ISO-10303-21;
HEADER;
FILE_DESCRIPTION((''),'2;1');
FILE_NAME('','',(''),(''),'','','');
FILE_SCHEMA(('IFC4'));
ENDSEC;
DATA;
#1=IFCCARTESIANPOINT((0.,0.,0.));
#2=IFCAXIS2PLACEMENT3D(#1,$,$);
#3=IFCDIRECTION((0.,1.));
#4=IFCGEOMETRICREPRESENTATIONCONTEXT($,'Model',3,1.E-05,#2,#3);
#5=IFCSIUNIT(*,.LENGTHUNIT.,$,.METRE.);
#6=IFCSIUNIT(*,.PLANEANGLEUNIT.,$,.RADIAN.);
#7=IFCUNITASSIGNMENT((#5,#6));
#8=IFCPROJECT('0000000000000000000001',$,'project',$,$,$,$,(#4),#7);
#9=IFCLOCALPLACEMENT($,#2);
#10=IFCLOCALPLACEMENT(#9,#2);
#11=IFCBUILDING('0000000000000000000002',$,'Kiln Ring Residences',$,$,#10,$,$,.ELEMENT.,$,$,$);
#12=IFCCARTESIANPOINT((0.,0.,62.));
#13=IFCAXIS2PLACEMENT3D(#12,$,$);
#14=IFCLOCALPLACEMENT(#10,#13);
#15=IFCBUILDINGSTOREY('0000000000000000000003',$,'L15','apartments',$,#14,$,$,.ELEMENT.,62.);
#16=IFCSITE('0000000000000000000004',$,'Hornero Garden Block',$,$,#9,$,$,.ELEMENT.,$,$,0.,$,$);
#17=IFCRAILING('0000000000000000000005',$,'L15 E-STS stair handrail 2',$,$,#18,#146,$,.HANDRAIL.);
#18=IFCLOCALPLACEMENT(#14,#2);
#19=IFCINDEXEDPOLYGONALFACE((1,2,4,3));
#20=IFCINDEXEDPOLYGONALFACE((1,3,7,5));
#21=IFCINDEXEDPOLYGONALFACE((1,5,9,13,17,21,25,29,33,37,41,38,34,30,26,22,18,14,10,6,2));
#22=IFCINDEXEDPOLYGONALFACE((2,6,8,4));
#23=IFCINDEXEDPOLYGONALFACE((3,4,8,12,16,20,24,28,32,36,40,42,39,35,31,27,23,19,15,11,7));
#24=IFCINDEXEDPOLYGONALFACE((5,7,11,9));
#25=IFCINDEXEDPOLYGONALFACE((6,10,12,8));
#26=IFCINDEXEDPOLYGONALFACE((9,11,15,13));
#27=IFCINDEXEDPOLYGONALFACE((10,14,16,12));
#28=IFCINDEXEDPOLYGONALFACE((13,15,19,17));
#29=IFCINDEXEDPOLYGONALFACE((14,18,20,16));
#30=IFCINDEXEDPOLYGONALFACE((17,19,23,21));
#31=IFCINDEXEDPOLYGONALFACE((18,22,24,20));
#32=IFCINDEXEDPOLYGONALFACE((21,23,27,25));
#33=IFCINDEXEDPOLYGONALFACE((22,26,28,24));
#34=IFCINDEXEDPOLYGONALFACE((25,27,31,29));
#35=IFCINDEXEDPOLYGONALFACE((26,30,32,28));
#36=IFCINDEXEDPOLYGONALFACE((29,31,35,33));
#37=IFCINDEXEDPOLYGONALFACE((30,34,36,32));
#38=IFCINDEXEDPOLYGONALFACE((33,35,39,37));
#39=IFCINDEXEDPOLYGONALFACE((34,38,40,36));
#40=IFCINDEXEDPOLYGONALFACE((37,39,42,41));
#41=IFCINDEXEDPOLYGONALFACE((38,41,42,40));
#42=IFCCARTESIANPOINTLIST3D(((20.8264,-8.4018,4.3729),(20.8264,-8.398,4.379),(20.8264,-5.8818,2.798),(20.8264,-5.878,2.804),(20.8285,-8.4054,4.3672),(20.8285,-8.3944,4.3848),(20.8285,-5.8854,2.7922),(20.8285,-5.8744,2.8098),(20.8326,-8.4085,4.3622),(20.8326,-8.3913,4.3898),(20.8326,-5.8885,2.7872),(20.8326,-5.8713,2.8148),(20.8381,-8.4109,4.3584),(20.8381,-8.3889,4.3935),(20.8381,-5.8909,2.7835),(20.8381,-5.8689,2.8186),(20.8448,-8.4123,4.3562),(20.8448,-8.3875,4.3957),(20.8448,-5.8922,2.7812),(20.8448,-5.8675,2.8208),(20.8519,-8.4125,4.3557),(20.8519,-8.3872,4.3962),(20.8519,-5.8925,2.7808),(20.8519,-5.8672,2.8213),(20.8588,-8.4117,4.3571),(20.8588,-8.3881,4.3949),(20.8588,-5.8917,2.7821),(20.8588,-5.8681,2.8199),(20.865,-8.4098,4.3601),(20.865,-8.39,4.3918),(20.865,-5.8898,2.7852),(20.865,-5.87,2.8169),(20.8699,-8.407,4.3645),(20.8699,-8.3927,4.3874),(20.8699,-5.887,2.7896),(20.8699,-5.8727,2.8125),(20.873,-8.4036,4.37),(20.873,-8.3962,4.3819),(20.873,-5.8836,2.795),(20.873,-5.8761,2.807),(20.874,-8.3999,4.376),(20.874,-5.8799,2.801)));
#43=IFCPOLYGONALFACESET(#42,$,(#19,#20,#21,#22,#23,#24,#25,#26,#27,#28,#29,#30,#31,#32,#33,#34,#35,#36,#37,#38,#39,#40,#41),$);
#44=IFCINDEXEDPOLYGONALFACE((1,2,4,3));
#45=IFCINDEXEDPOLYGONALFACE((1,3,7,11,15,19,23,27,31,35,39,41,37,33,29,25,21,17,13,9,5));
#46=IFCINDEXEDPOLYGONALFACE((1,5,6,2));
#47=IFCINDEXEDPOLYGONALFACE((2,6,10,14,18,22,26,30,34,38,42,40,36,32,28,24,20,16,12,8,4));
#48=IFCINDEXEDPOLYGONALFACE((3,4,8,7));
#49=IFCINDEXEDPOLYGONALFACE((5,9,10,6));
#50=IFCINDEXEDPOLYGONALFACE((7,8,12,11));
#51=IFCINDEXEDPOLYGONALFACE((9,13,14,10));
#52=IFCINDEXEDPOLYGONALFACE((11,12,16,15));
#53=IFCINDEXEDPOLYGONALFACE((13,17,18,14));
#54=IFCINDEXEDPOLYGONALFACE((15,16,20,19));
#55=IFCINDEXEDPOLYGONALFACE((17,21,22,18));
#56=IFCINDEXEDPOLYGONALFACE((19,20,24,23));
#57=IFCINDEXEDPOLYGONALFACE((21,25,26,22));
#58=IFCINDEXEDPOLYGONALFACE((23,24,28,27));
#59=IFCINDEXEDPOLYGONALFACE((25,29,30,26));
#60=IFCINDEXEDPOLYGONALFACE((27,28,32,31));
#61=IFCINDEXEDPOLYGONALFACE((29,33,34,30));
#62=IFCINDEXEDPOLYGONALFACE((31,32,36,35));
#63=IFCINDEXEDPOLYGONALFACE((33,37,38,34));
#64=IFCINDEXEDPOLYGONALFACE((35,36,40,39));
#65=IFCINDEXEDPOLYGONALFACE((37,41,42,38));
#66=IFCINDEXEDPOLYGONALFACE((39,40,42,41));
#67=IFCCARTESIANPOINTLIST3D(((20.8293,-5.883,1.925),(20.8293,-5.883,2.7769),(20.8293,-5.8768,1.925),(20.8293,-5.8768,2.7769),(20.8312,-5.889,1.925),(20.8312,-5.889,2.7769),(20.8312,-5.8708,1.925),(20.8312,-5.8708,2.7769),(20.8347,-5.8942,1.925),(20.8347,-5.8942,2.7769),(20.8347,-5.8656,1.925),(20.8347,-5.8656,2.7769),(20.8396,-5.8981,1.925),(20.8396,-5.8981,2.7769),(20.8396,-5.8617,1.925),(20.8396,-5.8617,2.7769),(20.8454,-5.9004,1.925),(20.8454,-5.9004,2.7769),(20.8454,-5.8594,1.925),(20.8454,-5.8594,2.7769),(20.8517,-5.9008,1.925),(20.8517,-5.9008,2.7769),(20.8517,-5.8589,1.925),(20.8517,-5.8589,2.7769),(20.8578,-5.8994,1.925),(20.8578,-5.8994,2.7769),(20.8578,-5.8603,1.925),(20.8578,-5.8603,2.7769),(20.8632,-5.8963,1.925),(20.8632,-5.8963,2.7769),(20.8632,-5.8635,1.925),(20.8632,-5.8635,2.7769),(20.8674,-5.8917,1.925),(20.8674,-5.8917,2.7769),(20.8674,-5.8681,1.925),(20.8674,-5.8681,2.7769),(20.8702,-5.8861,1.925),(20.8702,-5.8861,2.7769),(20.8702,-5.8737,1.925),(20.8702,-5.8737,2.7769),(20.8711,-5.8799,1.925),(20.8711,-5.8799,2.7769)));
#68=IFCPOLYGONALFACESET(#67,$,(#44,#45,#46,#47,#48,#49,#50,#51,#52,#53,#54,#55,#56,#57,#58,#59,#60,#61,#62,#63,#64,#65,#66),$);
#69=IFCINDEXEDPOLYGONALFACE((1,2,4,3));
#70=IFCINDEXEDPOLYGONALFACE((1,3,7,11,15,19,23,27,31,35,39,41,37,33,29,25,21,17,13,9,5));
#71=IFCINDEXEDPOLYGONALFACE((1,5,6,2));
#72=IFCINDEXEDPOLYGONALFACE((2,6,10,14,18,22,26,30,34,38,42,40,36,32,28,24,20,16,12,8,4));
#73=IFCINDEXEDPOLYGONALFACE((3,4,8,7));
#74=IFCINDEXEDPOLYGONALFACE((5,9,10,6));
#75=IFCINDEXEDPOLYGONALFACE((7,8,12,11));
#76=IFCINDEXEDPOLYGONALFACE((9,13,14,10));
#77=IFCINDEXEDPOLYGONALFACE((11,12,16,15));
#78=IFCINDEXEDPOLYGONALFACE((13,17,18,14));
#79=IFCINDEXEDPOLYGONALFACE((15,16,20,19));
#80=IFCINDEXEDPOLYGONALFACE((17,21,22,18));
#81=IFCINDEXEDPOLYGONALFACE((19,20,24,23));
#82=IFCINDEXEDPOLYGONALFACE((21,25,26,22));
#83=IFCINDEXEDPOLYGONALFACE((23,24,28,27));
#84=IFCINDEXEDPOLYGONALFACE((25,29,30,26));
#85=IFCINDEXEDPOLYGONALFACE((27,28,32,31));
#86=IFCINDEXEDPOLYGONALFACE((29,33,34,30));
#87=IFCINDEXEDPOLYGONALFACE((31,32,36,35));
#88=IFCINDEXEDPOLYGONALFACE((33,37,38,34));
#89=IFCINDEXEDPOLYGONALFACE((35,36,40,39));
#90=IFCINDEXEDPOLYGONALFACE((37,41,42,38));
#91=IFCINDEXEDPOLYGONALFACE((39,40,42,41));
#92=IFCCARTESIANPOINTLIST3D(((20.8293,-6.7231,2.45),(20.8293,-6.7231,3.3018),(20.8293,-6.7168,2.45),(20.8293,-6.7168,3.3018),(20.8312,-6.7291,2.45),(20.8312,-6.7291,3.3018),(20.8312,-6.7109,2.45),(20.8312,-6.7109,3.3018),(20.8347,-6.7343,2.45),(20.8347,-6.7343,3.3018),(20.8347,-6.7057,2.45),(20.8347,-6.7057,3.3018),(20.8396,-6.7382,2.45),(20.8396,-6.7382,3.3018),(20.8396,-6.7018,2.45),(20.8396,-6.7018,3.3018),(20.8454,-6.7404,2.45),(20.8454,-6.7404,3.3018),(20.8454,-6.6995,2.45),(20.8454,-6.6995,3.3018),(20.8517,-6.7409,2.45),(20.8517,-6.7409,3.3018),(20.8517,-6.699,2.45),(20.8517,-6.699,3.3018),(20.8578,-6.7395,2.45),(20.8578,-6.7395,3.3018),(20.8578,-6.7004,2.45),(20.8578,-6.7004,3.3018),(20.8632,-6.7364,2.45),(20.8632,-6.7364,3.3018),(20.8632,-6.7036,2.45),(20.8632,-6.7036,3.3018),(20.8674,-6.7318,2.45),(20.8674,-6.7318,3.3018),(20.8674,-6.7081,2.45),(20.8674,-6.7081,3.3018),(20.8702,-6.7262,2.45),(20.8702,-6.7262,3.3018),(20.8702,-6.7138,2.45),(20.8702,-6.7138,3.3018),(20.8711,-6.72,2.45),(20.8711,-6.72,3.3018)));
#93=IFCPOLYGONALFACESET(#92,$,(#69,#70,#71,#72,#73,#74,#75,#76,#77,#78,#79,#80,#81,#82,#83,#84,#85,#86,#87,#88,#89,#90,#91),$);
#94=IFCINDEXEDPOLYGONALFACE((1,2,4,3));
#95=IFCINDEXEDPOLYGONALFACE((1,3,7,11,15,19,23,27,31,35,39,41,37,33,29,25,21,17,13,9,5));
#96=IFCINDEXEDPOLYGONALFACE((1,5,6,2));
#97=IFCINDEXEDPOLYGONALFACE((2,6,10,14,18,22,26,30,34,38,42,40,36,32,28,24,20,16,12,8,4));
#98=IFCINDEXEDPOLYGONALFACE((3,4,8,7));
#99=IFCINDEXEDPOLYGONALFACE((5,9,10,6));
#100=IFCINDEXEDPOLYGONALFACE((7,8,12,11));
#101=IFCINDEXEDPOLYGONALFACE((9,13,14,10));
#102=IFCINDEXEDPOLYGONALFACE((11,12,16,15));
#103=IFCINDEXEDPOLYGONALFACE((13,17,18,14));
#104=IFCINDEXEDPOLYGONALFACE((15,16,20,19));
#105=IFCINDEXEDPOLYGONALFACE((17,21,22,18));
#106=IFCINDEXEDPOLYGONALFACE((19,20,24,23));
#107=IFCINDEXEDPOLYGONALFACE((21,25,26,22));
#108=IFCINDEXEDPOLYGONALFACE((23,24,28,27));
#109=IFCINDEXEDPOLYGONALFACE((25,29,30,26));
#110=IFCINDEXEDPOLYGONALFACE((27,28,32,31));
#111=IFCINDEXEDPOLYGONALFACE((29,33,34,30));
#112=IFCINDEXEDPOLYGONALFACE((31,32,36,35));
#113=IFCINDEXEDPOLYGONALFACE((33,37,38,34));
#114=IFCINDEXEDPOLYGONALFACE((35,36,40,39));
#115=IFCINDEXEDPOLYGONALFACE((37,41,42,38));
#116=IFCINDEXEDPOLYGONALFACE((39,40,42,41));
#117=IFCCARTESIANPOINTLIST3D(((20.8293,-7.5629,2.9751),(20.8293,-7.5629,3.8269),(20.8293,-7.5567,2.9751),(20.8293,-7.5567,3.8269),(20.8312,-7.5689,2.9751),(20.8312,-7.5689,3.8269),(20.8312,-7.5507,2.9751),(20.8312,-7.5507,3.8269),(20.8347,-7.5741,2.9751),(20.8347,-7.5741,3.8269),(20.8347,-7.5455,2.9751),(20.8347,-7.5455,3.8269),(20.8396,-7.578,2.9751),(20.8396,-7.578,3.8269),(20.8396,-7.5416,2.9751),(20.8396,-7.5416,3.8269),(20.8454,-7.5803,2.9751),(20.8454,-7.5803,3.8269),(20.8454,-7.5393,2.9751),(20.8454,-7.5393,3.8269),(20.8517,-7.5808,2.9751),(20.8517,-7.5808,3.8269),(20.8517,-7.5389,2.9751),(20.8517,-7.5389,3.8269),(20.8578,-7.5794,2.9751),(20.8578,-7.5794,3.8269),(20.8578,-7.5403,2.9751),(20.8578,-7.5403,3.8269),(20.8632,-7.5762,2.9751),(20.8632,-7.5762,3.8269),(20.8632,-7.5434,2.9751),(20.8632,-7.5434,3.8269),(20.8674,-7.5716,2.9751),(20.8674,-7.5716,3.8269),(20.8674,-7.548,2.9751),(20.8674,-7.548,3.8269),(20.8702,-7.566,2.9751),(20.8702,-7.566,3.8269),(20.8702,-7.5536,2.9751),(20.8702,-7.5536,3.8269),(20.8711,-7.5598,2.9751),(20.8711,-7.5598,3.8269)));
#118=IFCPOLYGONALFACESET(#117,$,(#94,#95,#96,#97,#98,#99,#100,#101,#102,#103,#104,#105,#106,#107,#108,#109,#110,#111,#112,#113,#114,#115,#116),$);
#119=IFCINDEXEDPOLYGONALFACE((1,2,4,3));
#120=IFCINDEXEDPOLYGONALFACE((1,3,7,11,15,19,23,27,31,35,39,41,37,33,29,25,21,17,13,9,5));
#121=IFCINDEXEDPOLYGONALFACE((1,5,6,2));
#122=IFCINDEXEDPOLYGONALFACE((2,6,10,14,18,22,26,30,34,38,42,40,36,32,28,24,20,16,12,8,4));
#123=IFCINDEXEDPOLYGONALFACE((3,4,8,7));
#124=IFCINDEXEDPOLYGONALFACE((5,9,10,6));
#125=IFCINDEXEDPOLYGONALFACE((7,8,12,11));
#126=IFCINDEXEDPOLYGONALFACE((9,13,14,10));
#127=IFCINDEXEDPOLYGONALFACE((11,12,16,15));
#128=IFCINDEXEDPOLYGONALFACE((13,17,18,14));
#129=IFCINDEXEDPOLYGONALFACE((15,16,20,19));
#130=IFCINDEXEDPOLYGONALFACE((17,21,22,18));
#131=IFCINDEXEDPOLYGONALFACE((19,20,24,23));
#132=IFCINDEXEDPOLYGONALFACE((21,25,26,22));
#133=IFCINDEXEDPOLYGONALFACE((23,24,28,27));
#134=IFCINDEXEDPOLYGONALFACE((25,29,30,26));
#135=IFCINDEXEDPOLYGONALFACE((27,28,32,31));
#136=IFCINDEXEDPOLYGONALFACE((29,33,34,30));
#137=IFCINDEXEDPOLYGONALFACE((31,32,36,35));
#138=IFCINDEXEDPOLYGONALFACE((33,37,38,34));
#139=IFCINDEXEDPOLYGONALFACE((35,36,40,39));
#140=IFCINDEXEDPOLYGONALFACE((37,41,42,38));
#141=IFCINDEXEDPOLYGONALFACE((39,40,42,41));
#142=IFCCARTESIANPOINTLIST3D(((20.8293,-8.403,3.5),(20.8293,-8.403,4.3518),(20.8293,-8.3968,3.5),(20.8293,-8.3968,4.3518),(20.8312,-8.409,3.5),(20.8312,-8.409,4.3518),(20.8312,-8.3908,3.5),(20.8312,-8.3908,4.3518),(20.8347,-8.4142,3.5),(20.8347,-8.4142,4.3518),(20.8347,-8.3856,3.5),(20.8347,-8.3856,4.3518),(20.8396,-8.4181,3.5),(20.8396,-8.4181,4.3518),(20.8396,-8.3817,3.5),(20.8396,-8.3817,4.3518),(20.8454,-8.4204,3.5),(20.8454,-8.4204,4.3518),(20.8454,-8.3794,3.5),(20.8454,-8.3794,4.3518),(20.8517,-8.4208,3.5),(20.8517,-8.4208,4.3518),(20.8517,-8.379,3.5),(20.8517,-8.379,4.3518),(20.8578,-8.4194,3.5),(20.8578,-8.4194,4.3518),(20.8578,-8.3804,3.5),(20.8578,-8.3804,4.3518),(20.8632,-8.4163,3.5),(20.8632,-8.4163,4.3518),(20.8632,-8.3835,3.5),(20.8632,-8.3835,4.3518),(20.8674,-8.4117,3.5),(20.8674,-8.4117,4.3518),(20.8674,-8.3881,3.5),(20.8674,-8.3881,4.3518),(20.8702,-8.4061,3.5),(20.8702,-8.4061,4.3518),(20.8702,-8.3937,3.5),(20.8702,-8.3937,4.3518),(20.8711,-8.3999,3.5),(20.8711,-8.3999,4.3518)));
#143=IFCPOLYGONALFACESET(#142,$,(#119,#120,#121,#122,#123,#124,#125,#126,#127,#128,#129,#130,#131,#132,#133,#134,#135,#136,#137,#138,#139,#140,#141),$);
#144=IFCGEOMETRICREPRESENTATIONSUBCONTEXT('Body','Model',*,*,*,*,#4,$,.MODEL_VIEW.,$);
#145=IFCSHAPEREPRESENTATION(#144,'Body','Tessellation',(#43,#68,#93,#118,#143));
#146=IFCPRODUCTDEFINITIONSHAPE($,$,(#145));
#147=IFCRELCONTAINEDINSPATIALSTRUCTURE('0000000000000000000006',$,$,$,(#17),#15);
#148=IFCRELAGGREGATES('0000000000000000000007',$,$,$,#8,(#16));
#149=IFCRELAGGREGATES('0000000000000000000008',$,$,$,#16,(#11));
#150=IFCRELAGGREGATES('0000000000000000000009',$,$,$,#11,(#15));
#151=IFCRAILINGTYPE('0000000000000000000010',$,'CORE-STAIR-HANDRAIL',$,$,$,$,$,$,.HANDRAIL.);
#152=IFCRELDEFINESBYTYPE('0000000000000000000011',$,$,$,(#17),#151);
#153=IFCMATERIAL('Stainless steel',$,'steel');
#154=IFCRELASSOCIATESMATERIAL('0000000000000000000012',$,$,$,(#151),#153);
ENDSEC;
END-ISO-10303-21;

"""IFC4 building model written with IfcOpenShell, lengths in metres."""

from ifc_helpers import new_model, si_unit, direction, frame, origin, origin_2d, place, context, subcontext, project, spatial, circle, extrude, material, type_object, element, save


model = new_model("IFC4")

# Units and contexts
model_context = context("Model", 3, precision=1e-05, world=origin(), true_north=direction((0.0, 1.0)))
body_context = subcontext(model_context, "Body", "Model", "MODEL_VIEW")
ifc_project = project(units=[si_unit("LENGTHUNIT", "METRE"), si_unit("PLANEANGLEUNIT", "RADIAN")], contexts=[model_context])

# Site, building, storey
site_placement = place(None, origin())
site = spatial("IfcSite", under=ifc_project, at=site_placement, Name="Hornero Garden Block", CompositionType="ELEMENT", RefElevation=0.0)
building_placement = place(site_placement, origin())
building = spatial("IfcBuilding", under=site, at=building_placement, Name="Kiln Ring Residences", CompositionType="ELEMENT")
storey_placement = place(building_placement, frame((0.0, 0.0, 62.0)))
storey = spatial("IfcBuildingStorey", under=building, at=storey_placement, Name="L15", Description="apartments", CompositionType="ELEMENT", Elevation=62.0)

# Railing
ifc_material_1 = material(Name="Stainless steel", Category="steel")
railing_type_1 = type_object("IfcRailingType", Name="CORE-STAIR-HANDRAIL", PredefinedType="HANDRAIL", material=ifc_material_1)
railing_1_placement = place(storey_placement, frame((20.8501, -5.8799, 1.925)))
element("IfcRailing", 1, at=railing_1_placement, inside=storey, type_object=railing_type_1, Name="L15 E-STS stair handrail 2", PredefinedType="HANDRAIL", context=body_context, shape_type="SweptSolid", body=[
    extrude(circle(Radius=0.0239, at=origin_2d()), frame((0.0, 0.0, 0.876), z_axis=(0.0, -0.848008, 0.529984), x_axis=(1.0, 0.0, 0.0)), (0.0, 0.0, 1.0), 2.9717),
    extrude(circle(Radius=0.021, at=origin_2d()), origin(), (0.0, 0.0, 1.0), 0.8518),
    extrude(circle(Radius=0.021, at=origin_2d()), frame((0.0, -0.8401, 0.5249)), (0.0, 0.0, 1.0), 0.8518),
    extrude(circle(Radius=0.021, at=origin_2d()), frame((0.0, -1.6799, 1.05)), (0.0, 0.0, 1.0), 0.8518),
    extrude(circle(Radius=0.021, at=origin_2d()), frame((0.0, -2.52, 1.575)), (0.0, 0.0, 1.0), 0.8518),
])

save(model, "model.ifc")
